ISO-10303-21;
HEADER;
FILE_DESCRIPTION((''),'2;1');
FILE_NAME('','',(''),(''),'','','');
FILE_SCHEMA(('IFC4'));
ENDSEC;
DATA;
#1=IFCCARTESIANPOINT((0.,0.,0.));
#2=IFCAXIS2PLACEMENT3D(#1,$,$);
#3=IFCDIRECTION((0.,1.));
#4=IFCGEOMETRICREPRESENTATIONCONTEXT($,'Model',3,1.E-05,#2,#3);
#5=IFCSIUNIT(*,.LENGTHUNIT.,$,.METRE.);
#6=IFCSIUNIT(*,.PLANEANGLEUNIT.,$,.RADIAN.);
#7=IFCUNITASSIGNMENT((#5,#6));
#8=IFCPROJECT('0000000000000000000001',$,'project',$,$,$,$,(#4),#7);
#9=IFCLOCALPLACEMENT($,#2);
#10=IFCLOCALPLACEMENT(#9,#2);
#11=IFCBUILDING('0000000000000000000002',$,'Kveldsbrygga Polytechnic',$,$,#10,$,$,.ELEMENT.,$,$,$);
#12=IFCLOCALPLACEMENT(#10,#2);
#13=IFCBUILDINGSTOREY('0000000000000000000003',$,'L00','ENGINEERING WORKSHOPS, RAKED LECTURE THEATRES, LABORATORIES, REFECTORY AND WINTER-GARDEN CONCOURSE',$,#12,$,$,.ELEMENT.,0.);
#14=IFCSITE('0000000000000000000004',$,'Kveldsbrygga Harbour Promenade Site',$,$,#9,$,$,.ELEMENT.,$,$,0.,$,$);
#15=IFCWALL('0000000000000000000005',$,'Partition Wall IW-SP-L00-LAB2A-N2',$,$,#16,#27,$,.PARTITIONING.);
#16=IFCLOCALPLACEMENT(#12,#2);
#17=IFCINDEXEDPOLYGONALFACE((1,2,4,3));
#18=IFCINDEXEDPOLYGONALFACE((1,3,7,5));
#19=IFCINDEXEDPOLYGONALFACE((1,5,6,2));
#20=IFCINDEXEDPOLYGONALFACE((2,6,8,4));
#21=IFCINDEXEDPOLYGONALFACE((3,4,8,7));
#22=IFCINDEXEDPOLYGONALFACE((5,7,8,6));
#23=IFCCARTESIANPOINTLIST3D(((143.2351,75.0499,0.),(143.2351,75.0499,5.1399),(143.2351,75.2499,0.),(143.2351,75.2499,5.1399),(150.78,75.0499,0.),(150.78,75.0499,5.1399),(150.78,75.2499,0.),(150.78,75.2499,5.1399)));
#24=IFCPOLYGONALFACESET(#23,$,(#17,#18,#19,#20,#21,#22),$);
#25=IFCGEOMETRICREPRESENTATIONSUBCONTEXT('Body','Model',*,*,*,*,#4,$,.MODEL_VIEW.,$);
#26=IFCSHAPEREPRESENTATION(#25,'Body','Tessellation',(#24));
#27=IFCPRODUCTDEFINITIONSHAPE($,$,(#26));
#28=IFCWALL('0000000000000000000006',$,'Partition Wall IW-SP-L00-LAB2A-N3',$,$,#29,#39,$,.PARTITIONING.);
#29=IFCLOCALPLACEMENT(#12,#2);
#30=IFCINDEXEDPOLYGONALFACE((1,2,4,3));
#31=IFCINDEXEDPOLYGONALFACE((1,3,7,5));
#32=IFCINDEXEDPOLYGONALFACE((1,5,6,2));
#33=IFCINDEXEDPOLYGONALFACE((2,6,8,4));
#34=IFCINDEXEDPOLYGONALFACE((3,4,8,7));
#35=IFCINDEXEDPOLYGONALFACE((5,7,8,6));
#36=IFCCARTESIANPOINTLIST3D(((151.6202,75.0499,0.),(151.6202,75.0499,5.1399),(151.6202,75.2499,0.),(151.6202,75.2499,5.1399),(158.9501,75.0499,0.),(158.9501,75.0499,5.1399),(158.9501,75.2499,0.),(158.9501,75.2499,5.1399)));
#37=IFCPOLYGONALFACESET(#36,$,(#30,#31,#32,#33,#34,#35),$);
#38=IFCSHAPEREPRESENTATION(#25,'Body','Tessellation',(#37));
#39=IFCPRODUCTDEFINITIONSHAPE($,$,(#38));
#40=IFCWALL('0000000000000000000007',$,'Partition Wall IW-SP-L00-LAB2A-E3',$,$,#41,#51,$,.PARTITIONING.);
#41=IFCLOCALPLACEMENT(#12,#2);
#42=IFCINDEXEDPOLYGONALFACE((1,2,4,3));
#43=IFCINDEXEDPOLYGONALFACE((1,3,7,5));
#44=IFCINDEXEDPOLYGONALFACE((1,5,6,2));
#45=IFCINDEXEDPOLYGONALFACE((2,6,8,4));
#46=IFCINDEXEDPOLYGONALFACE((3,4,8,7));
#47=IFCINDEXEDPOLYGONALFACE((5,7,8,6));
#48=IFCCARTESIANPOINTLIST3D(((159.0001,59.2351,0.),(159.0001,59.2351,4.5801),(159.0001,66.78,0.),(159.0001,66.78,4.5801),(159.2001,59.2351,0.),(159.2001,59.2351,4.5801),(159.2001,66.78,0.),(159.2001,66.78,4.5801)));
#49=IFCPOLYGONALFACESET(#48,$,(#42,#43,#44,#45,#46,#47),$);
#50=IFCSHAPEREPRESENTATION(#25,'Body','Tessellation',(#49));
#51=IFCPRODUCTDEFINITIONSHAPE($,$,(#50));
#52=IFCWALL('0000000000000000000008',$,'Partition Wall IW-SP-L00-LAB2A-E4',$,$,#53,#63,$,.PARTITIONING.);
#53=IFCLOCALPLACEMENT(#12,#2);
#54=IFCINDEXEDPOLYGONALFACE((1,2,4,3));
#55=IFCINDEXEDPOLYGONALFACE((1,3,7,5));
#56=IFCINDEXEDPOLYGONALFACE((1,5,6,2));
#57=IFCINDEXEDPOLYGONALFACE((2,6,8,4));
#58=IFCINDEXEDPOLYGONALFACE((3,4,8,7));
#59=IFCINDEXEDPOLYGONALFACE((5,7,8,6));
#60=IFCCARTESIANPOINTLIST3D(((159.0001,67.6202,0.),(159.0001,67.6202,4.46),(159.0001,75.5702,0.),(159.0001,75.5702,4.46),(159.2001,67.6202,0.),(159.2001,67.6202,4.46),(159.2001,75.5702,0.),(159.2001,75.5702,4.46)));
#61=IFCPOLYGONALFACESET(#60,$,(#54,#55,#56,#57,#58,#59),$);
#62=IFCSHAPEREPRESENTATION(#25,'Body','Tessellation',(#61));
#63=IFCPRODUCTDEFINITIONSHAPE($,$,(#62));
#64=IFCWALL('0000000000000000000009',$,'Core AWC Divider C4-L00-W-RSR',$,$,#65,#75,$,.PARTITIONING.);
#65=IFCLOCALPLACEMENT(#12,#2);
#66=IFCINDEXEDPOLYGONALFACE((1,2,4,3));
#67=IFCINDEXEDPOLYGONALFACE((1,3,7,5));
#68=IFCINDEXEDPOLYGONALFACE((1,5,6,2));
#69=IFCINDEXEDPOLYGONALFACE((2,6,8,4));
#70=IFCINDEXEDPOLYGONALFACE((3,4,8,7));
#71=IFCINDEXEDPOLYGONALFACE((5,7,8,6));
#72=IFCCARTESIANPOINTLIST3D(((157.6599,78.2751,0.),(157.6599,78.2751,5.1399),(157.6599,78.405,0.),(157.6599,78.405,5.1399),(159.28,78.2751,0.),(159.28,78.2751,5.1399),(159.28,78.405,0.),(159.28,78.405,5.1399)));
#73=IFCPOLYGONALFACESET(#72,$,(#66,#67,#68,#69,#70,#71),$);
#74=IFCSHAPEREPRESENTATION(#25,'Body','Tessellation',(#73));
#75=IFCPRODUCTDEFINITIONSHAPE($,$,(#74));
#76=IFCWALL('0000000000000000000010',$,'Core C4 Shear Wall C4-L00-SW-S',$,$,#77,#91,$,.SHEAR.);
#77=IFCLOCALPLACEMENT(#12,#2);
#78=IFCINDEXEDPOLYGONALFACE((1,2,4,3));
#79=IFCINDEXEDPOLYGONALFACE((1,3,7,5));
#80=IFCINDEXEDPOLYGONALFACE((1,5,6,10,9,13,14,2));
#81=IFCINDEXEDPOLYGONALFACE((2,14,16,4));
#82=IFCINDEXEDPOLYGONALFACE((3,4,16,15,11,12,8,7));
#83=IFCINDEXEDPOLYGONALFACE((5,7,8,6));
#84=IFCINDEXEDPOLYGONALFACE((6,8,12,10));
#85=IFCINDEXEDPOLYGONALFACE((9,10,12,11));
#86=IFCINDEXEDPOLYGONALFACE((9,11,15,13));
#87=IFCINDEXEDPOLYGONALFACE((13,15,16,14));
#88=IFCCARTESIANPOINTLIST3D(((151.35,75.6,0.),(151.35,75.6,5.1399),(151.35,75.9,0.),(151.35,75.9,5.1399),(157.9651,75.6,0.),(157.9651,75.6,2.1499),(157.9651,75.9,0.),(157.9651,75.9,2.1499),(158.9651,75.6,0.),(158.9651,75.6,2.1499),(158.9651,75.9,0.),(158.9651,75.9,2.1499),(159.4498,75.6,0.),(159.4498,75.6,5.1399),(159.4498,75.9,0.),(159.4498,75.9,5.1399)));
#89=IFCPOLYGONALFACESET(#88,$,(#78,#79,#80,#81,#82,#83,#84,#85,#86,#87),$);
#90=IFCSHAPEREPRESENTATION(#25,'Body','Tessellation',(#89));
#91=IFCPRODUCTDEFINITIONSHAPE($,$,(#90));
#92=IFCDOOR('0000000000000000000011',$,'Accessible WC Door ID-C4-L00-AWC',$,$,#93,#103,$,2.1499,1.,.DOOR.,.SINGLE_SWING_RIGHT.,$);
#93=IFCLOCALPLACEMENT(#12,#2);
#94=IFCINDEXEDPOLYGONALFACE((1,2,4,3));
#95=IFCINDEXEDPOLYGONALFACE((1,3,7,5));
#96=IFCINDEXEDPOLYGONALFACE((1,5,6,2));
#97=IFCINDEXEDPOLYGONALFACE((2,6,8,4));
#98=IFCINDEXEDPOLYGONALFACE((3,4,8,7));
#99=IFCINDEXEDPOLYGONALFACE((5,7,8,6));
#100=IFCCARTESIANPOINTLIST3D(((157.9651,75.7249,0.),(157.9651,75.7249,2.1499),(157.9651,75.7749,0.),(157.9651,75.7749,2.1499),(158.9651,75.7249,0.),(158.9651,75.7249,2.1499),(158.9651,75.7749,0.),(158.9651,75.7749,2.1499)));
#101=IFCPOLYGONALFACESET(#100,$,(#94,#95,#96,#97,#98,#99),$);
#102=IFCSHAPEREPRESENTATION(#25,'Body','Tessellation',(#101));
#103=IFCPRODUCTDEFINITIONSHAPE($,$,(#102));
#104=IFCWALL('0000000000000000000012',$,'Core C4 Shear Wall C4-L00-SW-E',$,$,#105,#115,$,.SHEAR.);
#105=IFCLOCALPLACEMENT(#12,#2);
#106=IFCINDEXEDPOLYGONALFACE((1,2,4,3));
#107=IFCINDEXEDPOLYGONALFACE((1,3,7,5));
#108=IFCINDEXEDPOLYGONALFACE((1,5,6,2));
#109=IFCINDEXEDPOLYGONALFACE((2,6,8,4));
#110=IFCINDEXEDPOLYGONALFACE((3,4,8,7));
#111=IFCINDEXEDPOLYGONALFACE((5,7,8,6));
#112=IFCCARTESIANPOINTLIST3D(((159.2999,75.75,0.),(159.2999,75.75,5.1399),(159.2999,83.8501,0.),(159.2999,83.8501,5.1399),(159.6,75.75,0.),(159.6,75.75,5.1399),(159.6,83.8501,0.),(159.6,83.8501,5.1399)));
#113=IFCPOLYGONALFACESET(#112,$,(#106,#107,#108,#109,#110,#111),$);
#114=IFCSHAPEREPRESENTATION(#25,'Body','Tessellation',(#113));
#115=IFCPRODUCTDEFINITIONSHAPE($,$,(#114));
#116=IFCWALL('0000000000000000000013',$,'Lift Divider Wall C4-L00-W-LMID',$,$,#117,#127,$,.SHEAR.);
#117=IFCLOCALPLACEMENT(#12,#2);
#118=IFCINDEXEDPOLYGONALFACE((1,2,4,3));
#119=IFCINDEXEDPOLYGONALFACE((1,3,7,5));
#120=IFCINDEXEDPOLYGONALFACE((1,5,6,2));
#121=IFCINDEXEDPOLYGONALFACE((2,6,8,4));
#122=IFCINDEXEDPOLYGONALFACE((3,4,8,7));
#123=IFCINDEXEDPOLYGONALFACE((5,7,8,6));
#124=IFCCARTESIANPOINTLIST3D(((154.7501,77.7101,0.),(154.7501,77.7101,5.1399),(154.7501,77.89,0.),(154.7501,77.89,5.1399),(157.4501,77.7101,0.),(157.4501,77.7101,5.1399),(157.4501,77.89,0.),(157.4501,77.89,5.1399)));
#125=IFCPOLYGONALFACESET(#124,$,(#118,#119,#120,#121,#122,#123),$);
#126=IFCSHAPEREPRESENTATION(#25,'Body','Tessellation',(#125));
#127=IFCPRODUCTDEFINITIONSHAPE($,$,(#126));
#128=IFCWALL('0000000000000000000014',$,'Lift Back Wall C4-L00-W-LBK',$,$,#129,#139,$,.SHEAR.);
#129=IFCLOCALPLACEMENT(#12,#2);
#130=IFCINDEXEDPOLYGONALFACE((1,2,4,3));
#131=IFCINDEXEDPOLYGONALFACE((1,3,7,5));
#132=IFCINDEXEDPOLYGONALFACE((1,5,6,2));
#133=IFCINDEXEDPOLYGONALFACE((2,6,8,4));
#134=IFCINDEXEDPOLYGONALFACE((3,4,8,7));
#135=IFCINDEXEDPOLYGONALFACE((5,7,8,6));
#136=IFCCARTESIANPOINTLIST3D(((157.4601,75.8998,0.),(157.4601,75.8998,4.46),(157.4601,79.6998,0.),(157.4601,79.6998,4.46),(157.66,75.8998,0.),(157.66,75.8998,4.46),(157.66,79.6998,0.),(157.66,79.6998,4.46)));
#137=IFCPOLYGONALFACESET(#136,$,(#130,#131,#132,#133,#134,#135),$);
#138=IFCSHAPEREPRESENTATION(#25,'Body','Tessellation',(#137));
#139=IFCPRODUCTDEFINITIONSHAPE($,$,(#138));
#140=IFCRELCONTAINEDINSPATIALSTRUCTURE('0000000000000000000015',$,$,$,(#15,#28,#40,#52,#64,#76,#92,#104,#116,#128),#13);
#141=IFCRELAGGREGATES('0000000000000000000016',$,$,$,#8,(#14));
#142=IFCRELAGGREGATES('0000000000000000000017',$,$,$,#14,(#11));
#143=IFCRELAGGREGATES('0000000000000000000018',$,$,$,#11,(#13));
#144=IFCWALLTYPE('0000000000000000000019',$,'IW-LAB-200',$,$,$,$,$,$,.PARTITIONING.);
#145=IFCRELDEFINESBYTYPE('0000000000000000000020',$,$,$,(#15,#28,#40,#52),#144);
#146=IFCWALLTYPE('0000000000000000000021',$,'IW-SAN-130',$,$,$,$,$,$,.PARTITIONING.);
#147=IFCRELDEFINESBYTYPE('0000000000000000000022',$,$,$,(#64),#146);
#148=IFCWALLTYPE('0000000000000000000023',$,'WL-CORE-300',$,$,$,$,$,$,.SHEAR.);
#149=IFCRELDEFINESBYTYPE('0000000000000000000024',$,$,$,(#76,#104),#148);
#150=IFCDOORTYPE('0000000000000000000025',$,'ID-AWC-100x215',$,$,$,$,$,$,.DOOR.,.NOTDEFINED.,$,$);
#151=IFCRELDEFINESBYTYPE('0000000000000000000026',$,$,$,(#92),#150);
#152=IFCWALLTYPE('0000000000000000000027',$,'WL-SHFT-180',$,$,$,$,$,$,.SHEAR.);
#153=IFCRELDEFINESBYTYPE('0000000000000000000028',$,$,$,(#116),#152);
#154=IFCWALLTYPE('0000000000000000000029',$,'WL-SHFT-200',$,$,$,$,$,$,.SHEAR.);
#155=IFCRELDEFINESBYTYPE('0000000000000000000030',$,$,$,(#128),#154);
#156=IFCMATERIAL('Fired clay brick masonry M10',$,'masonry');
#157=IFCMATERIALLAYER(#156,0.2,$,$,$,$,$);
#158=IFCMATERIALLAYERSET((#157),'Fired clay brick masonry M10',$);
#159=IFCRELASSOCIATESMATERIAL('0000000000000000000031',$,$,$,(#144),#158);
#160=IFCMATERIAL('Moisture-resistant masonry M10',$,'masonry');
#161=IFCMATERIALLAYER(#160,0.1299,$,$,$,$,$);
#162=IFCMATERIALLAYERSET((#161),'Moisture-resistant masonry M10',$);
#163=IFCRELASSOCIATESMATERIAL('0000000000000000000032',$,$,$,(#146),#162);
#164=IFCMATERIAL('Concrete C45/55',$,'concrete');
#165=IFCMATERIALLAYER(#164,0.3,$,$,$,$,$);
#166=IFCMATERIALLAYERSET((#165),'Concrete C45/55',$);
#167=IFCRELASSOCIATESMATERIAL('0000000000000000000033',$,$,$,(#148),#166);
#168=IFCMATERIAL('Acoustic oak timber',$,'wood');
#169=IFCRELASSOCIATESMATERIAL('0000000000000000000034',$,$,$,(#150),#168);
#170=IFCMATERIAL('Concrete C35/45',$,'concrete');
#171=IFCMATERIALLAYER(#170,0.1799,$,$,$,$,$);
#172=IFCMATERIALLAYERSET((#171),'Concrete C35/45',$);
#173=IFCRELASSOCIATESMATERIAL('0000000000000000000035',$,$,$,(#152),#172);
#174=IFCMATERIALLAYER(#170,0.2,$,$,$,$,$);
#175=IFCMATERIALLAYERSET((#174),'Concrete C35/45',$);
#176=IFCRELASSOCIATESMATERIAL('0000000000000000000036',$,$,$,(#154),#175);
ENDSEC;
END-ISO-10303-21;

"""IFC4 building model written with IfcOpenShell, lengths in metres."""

from ifc_helpers import new_model, si_unit, direction, frame, frame_2d, origin, place, context, subcontext, project, spatial, rectangle, extrude, material, layer, layer_set, type_object, element, fill, save


model = new_model("IFC4")

# Units and contexts
model_context = context("Model", 3, precision=1e-05, world=origin(), true_north=direction((0.0, 1.0)))
body_context = subcontext(model_context, "Body", "Model", "MODEL_VIEW")
ifc_project = project(units=[si_unit("LENGTHUNIT", "METRE"), si_unit("PLANEANGLEUNIT", "RADIAN")], contexts=[model_context])

# Site, building, storey
site_placement = place(None, origin())
site = spatial("IfcSite", under=ifc_project, at=site_placement, Name="Kveldsbrygga Harbour Promenade Site", CompositionType="ELEMENT", RefElevation=0.0)
building_placement = place(site_placement, origin())
building = spatial("IfcBuilding", under=site, at=building_placement, Name="Kveldsbrygga Polytechnic", CompositionType="ELEMENT")
storey_placement = place(building_placement, origin())
storey = spatial("IfcBuildingStorey", under=building, at=storey_placement, Name="L00", Description="ENGINEERING WORKSHOPS, RAKED LECTURE THEATRES, LABORATORIES, REFECTORY AND WINTER-GARDEN CONCOURSE", CompositionType="ELEMENT", Elevation=0.0)

# Shared definitions
ifc_material_1 = material(Name="Concrete C45/55", Category="concrete")

# Shared definitions
ifc_material_2 = material(Name="Concrete C35/45", Category="concrete")

# Walls
ifc_material_3 = material(Name="Fired clay brick masonry M10", Category="masonry")
ifc_layer_1 = layer(ifc_material_3, 0.2)
ifc_layer_set_1 = layer_set([ifc_layer_1], Name="Fired clay brick masonry M10")
wall_type_1 = type_object("IfcWallType", Name="IW-LAB-200", PredefinedType="PARTITIONING", material=ifc_layer_set_1)
wall_1_placement = place(storey_placement, frame((143.2351, 75.1499, 0.0), z_axis=(0.0, 0.0, 1.0), x_axis=(1.0, 0.0, 0.0)))
element("IfcWall", 1, at=wall_1_placement, inside=storey, type_object=wall_type_1, Name="Partition Wall IW-SP-L00-LAB2A-N2", PredefinedType="PARTITIONING", context=body_context, shape_type="SweptSolid", body=[
    extrude(rectangle(XDim=7.5449, YDim=0.2, at=frame_2d((3.7725, 0.0))), origin(), (0.0, 0.0, 1.0), 5.1399),
])
wall_2_placement = place(storey_placement, frame((151.6201, 75.1499, 0.0), z_axis=(0.0, 0.0, 1.0), x_axis=(1.0, 0.0, 0.0)))
element("IfcWall", 2, at=wall_2_placement, inside=storey, type_object=wall_type_1, Name="Partition Wall IW-SP-L00-LAB2A-N3", PredefinedType="PARTITIONING", context=body_context, shape_type="SweptSolid", body=[
    extrude(rectangle(XDim=7.3298, YDim=0.2, at=frame_2d((3.665, 0.0))), origin(), (0.0, 0.0, 1.0), 5.1399),
])
wall_3_placement = place(storey_placement, frame((159.1001, 59.2351, 0.0), z_axis=(0.0, 0.0, 1.0), x_axis=(0.0, 1.0, 0.0)))
element("IfcWall", 3, at=wall_3_placement, inside=storey, type_object=wall_type_1, Name="Partition Wall IW-SP-L00-LAB2A-E3", PredefinedType="PARTITIONING", context=body_context, shape_type="SweptSolid", body=[
    extrude(rectangle(XDim=7.5449, YDim=0.2, at=frame_2d((3.7725, 0.0))), origin(), (0.0, 0.0, 1.0), 4.5801),
])
wall_4_placement = place(storey_placement, frame((159.1001, 67.6201, 0.0), z_axis=(0.0, 0.0, 1.0), x_axis=(0.0, 1.0, 0.0)))
element("IfcWall", 4, at=wall_4_placement, inside=storey, type_object=wall_type_1, Name="Partition Wall IW-SP-L00-LAB2A-E4", PredefinedType="PARTITIONING", context=body_context, shape_type="SweptSolid", body=[
    extrude(rectangle(XDim=7.95, YDim=0.2, at=frame_2d((3.9751, 0.0))), origin(), (0.0, 0.0, 1.0), 4.46),
])
ifc_material_4 = material(Name="Moisture-resistant masonry M10", Category="masonry")
ifc_layer_2 = layer(ifc_material_4, 0.1299)
ifc_layer_set_2 = layer_set([ifc_layer_2], Name="Moisture-resistant masonry M10")
wall_type_2 = type_object("IfcWallType", Name="IW-SAN-130", PredefinedType="PARTITIONING", material=ifc_layer_set_2)
wall_5_placement = place(storey_placement, frame((157.6599, 78.3401, 0.0), z_axis=(0.0, 0.0, 1.0), x_axis=(1.0, 0.0, 0.0)))
element("IfcWall", 5, at=wall_5_placement, inside=storey, type_object=wall_type_2, Name="Core AWC Divider C4-L00-W-RSR", PredefinedType="PARTITIONING", context=body_context, shape_type="SweptSolid", body=[
    extrude(rectangle(XDim=1.6201, YDim=0.1299, at=frame_2d((0.8101, 0.0))), origin(), (0.0, 0.0, 1.0), 5.1399),
])

# Wall, opening, door
ifc_layer_3 = layer(ifc_material_1, 0.3)
ifc_layer_set_3 = layer_set([ifc_layer_3], Name="Concrete C45/55")
wall_type_3 = type_object("IfcWallType", Name="WL-CORE-300", PredefinedType="SHEAR", material=ifc_layer_set_3)
wall_6_placement = place(storey_placement, frame((151.3501, 75.75, 0.0), z_axis=(0.0, 0.0, 1.0), x_axis=(1.0, 0.0, 0.0)))
wall_6 = element("IfcWall", 6, at=wall_6_placement, inside=storey, type_object=wall_type_3, Name="Core C4 Shear Wall C4-L00-SW-S", PredefinedType="SHEAR", context=body_context, shape_type="SweptSolid", body=[
    extrude(rectangle(XDim=8.0999, YDim=0.3, at=frame_2d((4.0498, 0.0))), origin(), (0.0, 0.0, 1.0), 5.1399),
])
opening_1_placement = place(wall_6_placement, frame((6.615, 0.0, 0.0)))
opening_1 = element("IfcOpeningElement", 7, at=opening_1_placement, cuts=wall_6, PredefinedType="OPENING", context=body_context, shape_type="SweptSolid", body=[
    extrude(rectangle(XDim=1.0, YDim=2.1499, at=frame_2d((0.5, 1.075))), frame((0.0, 0.1602, 0.0), z_axis=(0.0, -1.0, 0.0), x_axis=(1.0, 0.0, 0.0)), (0.0, 0.0, 1.0), 0.3201),
])
ifc_material_5 = material(Name="Acoustic oak timber", Category="wood")
door_type_1 = type_object("IfcDoorType", Name="ID-AWC-100x215", OperationType="NOTDEFINED", PredefinedType="DOOR", material=ifc_material_5)
door_1_placement = place(opening_1_placement, origin())
door_1 = element("IfcDoor", 8, at=door_1_placement, inside=storey, type_object=door_type_1, Name="Accessible WC Door ID-C4-L00-AWC", OperationType="SINGLE_SWING_RIGHT", OverallHeight=2.1499, OverallWidth=1.0, PredefinedType="DOOR", context=body_context, shape_type="SweptSolid", body=[
    extrude(rectangle(XDim=1.0, YDim=2.1499, at=frame_2d((0.5, 1.075))), frame((0.0, 0.0249, 0.0), z_axis=(0.0, -1.0, 0.0), x_axis=(1.0, 0.0, 0.0)), (0.0, 0.0, 1.0), 0.05),
])
fill(opening_1, door_1)

# Walls
wall_7_placement = place(storey_placement, frame((159.45, 75.75, 0.0), z_axis=(0.0, 0.0, 1.0), x_axis=(0.0, 1.0, 0.0)))
element("IfcWall", 9, at=wall_7_placement, inside=storey, type_object=wall_type_3, Name="Core C4 Shear Wall C4-L00-SW-E", PredefinedType="SHEAR", context=body_context, shape_type="SweptSolid", body=[
    extrude(rectangle(XDim=8.1001, YDim=0.3, at=frame_2d((4.05, 0.0))), origin(), (0.0, 0.0, 1.0), 5.1399),
])
ifc_layer_4 = layer(ifc_material_2, 0.1799)
ifc_layer_set_4 = layer_set([ifc_layer_4], Name="Concrete C35/45")
wall_type_4 = type_object("IfcWallType", Name="WL-SHFT-180", PredefinedType="SHEAR", material=ifc_layer_set_4)
wall_8_placement = place(storey_placement, frame((154.75, 77.8, 0.0), z_axis=(0.0, 0.0, 1.0), x_axis=(1.0, 0.0, 0.0)))
element("IfcWall", 10, at=wall_8_placement, inside=storey, type_object=wall_type_4, Name="Lift Divider Wall C4-L00-W-LMID", PredefinedType="SHEAR", context=body_context, shape_type="SweptSolid", body=[
    extrude(rectangle(XDim=2.7, YDim=0.1799, at=frame_2d((1.3501, 0.0))), origin(), (0.0, 0.0, 1.0), 5.1399),
])

# Shared definitions
ifc_layer_5 = layer(ifc_material_2, 0.2)
ifc_layer_set_5 = layer_set([ifc_layer_5], Name="Concrete C35/45")
wall_type_5 = type_object("IfcWallType", Name="WL-SHFT-200", PredefinedType="SHEAR", material=ifc_layer_set_5)

# Wall
wall_9_placement = place(storey_placement, frame((157.5601, 75.8999, 0.0), z_axis=(0.0, 0.0, 1.0), x_axis=(0.0, 1.0, 0.0)))
element("IfcWall", 11, at=wall_9_placement, inside=storey, type_object=wall_type_5, Name="Lift Back Wall C4-L00-W-LBK", PredefinedType="SHEAR", context=body_context, shape_type="SweptSolid", body=[
    extrude(rectangle(XDim=3.8, YDim=0.2, at=frame_2d((1.8999, 0.0))), origin(), (0.0, 0.0, 1.0), 4.46),
])

save(model, "model.ifc")
